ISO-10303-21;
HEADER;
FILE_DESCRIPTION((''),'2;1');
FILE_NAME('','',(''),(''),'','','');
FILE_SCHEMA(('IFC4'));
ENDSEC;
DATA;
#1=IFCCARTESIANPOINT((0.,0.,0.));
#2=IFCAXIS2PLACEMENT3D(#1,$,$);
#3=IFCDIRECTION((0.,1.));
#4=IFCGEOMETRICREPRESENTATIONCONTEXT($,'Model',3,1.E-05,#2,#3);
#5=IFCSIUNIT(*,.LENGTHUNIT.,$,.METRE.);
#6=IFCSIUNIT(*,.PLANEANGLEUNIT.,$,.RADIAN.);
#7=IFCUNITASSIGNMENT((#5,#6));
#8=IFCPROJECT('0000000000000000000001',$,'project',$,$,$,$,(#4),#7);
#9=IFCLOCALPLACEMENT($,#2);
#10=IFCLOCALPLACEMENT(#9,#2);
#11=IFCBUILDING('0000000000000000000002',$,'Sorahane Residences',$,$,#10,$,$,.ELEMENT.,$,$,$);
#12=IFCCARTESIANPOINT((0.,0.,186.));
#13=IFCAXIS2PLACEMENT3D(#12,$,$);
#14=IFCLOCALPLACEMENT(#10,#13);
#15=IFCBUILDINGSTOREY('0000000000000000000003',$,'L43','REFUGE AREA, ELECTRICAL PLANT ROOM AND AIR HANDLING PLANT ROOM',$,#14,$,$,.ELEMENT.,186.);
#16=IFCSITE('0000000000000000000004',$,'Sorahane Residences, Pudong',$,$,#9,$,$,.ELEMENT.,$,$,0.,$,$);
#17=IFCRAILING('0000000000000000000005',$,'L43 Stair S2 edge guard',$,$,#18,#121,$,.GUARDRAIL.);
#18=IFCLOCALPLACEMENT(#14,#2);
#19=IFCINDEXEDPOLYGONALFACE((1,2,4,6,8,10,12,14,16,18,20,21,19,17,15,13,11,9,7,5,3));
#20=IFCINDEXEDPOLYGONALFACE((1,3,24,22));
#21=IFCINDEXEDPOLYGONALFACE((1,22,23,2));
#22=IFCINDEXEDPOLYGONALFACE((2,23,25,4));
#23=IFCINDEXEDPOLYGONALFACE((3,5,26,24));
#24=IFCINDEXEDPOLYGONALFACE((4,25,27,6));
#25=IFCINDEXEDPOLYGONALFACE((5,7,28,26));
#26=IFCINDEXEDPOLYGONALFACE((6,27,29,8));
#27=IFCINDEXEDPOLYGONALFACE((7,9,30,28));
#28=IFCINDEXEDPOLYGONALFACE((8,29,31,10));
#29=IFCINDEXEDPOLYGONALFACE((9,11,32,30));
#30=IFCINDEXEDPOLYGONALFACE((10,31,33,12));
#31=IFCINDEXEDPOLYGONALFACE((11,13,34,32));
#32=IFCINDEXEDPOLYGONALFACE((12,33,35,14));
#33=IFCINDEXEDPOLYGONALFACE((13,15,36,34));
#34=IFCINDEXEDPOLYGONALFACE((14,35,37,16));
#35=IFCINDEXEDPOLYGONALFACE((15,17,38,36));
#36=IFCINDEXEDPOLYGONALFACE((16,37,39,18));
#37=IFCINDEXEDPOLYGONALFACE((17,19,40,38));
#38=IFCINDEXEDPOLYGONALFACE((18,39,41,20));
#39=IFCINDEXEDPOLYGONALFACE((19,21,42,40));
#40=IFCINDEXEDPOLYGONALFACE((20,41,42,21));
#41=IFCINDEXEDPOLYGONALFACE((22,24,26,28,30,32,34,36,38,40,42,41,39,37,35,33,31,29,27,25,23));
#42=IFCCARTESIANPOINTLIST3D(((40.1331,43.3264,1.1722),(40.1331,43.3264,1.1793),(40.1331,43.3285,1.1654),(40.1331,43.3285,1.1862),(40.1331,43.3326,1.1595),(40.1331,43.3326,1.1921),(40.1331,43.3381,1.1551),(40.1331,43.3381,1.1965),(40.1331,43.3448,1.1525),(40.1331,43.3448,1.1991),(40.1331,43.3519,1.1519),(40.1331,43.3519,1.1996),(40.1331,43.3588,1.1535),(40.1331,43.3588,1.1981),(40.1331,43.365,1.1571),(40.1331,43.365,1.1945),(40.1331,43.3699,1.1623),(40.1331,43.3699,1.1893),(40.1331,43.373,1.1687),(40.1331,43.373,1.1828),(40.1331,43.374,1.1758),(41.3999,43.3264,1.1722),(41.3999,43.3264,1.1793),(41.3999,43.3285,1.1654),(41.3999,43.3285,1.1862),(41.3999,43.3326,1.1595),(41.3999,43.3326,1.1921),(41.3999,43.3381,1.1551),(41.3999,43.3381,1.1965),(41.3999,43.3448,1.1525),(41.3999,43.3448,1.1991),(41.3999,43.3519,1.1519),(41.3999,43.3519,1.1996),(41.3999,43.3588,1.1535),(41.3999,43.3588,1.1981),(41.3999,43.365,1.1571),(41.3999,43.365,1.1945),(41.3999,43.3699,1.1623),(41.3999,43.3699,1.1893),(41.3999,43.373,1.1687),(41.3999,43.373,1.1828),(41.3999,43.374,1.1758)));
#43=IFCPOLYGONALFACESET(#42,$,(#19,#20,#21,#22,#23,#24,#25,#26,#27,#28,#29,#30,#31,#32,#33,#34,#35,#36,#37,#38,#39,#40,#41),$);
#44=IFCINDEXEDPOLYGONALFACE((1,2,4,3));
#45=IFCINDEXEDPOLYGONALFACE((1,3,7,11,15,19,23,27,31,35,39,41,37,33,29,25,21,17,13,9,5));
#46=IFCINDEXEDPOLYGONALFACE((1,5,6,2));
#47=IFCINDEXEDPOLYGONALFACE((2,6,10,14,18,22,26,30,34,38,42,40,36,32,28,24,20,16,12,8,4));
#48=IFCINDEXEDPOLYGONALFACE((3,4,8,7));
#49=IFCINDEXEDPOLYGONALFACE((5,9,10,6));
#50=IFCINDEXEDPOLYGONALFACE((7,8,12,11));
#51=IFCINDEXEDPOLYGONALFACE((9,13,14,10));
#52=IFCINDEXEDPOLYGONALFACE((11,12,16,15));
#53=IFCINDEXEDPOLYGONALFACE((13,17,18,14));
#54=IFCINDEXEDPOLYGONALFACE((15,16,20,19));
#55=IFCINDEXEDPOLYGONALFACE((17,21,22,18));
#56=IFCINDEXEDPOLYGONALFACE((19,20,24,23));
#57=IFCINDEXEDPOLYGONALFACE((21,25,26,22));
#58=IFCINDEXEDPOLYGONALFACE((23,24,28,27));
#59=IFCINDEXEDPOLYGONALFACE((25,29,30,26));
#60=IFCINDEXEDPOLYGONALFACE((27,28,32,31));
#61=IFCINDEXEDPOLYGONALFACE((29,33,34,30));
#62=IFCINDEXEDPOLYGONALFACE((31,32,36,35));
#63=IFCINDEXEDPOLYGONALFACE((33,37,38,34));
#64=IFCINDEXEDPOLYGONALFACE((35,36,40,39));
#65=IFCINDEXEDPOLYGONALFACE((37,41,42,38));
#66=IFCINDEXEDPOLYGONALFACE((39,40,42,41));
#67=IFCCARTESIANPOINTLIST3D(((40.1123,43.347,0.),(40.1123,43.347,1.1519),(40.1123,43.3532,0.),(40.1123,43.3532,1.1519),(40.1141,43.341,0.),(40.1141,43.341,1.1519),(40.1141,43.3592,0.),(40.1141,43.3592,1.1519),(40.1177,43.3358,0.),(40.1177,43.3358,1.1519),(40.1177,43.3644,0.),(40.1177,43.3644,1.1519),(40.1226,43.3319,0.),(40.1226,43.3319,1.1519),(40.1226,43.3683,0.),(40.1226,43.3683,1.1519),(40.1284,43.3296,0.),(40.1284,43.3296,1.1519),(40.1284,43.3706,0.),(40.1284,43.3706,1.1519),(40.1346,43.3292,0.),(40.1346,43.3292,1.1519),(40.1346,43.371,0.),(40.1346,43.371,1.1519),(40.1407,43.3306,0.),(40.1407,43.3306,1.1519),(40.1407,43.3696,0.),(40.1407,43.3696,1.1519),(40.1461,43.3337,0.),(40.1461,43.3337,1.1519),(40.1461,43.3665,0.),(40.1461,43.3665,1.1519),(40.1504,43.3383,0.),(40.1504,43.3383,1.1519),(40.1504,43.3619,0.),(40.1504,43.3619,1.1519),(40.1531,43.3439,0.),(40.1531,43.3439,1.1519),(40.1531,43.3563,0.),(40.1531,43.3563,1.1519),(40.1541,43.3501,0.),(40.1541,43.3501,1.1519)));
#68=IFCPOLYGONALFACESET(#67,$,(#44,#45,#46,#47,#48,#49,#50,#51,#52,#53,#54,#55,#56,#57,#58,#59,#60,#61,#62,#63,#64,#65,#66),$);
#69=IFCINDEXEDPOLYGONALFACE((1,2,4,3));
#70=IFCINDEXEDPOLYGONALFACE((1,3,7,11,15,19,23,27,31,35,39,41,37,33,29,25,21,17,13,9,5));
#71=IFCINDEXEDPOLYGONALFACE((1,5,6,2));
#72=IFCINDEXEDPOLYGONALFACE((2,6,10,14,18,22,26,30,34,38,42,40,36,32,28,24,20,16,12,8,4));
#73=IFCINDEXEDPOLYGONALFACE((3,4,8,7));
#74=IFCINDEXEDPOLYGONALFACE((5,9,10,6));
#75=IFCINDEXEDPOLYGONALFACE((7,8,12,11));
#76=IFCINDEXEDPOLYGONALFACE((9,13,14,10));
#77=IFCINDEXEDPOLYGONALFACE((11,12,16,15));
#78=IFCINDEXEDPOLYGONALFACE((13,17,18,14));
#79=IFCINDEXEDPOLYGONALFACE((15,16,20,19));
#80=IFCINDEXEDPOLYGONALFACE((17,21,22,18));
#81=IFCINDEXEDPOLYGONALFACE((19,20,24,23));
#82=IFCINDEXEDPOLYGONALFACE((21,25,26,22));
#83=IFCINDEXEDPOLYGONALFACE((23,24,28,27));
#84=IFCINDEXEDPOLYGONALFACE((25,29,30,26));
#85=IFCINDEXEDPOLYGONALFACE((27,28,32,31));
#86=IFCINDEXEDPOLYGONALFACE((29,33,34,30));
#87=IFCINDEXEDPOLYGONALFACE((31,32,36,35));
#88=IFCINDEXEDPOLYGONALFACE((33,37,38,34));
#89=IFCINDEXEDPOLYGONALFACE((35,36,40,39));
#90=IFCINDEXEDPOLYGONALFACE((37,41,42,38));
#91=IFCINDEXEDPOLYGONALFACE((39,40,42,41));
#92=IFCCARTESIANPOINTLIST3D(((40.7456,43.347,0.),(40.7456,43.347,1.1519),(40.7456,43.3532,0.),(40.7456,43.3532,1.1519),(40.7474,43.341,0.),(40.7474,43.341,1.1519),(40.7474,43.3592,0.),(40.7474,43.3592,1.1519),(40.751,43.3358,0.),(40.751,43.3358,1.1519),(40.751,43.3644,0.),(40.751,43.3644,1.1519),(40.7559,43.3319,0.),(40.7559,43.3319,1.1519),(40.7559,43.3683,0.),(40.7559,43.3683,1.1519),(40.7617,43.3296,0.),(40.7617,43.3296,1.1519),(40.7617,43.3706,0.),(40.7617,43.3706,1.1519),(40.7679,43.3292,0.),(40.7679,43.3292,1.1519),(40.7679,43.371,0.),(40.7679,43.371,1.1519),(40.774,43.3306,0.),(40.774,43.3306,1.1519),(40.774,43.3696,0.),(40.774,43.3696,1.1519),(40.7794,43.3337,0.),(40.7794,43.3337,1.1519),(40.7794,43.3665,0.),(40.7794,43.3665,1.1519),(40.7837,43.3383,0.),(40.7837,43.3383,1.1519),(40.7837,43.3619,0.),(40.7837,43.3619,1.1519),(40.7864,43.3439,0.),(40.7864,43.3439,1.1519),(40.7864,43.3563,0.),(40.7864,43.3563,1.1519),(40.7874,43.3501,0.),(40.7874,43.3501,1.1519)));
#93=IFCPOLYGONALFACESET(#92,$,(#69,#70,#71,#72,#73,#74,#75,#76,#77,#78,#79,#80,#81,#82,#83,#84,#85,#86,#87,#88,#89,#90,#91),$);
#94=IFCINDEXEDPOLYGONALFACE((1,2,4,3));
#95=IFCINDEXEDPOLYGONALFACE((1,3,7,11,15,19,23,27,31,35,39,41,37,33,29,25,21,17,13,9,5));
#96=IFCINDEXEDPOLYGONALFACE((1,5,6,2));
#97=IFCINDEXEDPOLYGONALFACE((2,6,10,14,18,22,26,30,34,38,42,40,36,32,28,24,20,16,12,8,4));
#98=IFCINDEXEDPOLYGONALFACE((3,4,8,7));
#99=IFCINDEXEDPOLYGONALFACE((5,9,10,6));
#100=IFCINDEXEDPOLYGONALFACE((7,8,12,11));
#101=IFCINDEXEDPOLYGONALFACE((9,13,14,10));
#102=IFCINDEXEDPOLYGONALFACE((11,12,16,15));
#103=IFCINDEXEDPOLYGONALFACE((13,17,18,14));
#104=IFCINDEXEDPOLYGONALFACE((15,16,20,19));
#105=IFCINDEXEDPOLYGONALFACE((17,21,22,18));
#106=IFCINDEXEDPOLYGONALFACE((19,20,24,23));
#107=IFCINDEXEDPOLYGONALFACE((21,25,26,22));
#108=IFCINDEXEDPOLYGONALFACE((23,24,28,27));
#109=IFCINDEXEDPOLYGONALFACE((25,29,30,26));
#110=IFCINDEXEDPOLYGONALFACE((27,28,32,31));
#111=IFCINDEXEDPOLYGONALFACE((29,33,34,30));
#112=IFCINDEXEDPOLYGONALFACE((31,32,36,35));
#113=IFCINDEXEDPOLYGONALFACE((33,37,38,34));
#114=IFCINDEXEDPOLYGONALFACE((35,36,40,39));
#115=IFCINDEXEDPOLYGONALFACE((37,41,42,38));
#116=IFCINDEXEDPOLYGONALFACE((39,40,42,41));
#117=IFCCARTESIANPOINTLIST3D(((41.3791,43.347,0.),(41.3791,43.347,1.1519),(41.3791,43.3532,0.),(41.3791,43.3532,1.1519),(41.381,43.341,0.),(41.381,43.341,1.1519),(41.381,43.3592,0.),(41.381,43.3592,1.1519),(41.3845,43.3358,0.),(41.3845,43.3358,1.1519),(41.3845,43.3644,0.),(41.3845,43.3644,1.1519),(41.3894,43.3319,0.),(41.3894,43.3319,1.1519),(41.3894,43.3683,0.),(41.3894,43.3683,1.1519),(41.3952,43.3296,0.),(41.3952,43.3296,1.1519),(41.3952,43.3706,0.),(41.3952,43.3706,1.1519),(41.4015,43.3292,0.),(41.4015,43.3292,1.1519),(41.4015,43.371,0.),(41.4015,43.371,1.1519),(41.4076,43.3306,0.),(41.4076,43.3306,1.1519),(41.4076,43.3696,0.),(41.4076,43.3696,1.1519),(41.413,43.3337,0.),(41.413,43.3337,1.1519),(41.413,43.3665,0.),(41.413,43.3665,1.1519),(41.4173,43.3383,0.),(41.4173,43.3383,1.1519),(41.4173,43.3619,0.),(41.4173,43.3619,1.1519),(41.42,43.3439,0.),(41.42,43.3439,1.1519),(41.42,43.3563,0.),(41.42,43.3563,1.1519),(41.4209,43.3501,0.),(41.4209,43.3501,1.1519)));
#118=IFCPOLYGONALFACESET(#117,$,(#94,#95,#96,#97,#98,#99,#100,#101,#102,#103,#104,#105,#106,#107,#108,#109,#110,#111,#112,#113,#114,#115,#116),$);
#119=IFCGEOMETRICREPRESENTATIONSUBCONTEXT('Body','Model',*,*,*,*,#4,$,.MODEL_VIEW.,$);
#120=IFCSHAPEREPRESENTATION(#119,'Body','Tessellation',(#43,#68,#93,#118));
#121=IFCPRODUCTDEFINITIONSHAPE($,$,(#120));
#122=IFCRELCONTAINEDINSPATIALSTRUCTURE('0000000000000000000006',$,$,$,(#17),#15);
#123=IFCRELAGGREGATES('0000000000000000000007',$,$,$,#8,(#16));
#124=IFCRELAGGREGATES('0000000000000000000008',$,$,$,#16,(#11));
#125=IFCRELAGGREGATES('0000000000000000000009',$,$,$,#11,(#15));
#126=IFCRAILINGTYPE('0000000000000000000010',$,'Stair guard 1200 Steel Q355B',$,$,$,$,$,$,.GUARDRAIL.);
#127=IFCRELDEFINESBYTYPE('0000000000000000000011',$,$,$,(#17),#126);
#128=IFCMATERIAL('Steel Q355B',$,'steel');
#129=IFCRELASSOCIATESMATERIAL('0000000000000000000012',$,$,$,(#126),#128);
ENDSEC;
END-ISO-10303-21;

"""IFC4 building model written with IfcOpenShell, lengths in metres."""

from ifc_helpers import new_model, si_unit, direction, frame, origin, origin_2d, place, context, subcontext, project, spatial, circle, extrude, material, type_object, element, save


model = new_model("IFC4")

# Units and contexts
model_context = context("Model", 3, precision=1e-05, world=origin(), true_north=direction((0.0, 1.0)))
body_context = subcontext(model_context, "Body", "Model", "MODEL_VIEW")
ifc_project = project(units=[si_unit("LENGTHUNIT", "METRE"), si_unit("PLANEANGLEUNIT", "RADIAN")], contexts=[model_context])

# Site, building, storey
site_placement = place(None, origin())
site = spatial("IfcSite", under=ifc_project, at=site_placement, Name="Sorahane Residences, Pudong", CompositionType="ELEMENT", RefElevation=0.0)
building_placement = place(site_placement, origin())
building = spatial("IfcBuilding", under=site, at=building_placement, Name="Sorahane Residences", CompositionType="ELEMENT")
storey_placement = place(building_placement, frame((0.0, 0.0, 186.0)))
storey = spatial("IfcBuildingStorey", under=building, at=storey_placement, Name="L43", Description="REFUGE AREA, ELECTRICAL PLANT ROOM AND AIR HANDLING PLANT ROOM", CompositionType="ELEMENT", Elevation=186.0)

# Railing
ifc_material_1 = material(Name="Steel Q355B", Category="steel")
railing_type_1 = type_object("IfcRailingType", Name="Stair guard 1200 Steel Q355B", PredefinedType="GUARDRAIL", material=ifc_material_1)
railing_1_placement = place(storey_placement, frame((40.1331, 43.3501, 0.0)))
element("IfcRailing", 1, at=railing_1_placement, inside=storey, type_object=railing_type_1, Name="L43 Stair S2 edge guard", PredefinedType="GUARDRAIL", context=body_context, shape_type="SweptSolid", body=[
    extrude(circle(Radius=0.0239, at=origin_2d()), frame((0.0, 0.0, 1.1758), z_axis=(1.0, 0.0, 0.0), x_axis=(0.0, 1.0, 0.0)), (0.0, 0.0, 1.0), 1.2668),
    extrude(circle(Radius=0.021, at=origin_2d()), origin(), (0.0, 0.0, 1.0), 1.1519),
    extrude(circle(Radius=0.021, at=origin_2d()), frame((0.6333, 0.0, 0.0)), (0.0, 0.0, 1.0), 1.1519),
    extrude(circle(Radius=0.021, at=origin_2d()), frame((1.2668, 0.0, 0.0)), (0.0, 0.0, 1.0), 1.1519),
])

save(model, "model.ifc")
